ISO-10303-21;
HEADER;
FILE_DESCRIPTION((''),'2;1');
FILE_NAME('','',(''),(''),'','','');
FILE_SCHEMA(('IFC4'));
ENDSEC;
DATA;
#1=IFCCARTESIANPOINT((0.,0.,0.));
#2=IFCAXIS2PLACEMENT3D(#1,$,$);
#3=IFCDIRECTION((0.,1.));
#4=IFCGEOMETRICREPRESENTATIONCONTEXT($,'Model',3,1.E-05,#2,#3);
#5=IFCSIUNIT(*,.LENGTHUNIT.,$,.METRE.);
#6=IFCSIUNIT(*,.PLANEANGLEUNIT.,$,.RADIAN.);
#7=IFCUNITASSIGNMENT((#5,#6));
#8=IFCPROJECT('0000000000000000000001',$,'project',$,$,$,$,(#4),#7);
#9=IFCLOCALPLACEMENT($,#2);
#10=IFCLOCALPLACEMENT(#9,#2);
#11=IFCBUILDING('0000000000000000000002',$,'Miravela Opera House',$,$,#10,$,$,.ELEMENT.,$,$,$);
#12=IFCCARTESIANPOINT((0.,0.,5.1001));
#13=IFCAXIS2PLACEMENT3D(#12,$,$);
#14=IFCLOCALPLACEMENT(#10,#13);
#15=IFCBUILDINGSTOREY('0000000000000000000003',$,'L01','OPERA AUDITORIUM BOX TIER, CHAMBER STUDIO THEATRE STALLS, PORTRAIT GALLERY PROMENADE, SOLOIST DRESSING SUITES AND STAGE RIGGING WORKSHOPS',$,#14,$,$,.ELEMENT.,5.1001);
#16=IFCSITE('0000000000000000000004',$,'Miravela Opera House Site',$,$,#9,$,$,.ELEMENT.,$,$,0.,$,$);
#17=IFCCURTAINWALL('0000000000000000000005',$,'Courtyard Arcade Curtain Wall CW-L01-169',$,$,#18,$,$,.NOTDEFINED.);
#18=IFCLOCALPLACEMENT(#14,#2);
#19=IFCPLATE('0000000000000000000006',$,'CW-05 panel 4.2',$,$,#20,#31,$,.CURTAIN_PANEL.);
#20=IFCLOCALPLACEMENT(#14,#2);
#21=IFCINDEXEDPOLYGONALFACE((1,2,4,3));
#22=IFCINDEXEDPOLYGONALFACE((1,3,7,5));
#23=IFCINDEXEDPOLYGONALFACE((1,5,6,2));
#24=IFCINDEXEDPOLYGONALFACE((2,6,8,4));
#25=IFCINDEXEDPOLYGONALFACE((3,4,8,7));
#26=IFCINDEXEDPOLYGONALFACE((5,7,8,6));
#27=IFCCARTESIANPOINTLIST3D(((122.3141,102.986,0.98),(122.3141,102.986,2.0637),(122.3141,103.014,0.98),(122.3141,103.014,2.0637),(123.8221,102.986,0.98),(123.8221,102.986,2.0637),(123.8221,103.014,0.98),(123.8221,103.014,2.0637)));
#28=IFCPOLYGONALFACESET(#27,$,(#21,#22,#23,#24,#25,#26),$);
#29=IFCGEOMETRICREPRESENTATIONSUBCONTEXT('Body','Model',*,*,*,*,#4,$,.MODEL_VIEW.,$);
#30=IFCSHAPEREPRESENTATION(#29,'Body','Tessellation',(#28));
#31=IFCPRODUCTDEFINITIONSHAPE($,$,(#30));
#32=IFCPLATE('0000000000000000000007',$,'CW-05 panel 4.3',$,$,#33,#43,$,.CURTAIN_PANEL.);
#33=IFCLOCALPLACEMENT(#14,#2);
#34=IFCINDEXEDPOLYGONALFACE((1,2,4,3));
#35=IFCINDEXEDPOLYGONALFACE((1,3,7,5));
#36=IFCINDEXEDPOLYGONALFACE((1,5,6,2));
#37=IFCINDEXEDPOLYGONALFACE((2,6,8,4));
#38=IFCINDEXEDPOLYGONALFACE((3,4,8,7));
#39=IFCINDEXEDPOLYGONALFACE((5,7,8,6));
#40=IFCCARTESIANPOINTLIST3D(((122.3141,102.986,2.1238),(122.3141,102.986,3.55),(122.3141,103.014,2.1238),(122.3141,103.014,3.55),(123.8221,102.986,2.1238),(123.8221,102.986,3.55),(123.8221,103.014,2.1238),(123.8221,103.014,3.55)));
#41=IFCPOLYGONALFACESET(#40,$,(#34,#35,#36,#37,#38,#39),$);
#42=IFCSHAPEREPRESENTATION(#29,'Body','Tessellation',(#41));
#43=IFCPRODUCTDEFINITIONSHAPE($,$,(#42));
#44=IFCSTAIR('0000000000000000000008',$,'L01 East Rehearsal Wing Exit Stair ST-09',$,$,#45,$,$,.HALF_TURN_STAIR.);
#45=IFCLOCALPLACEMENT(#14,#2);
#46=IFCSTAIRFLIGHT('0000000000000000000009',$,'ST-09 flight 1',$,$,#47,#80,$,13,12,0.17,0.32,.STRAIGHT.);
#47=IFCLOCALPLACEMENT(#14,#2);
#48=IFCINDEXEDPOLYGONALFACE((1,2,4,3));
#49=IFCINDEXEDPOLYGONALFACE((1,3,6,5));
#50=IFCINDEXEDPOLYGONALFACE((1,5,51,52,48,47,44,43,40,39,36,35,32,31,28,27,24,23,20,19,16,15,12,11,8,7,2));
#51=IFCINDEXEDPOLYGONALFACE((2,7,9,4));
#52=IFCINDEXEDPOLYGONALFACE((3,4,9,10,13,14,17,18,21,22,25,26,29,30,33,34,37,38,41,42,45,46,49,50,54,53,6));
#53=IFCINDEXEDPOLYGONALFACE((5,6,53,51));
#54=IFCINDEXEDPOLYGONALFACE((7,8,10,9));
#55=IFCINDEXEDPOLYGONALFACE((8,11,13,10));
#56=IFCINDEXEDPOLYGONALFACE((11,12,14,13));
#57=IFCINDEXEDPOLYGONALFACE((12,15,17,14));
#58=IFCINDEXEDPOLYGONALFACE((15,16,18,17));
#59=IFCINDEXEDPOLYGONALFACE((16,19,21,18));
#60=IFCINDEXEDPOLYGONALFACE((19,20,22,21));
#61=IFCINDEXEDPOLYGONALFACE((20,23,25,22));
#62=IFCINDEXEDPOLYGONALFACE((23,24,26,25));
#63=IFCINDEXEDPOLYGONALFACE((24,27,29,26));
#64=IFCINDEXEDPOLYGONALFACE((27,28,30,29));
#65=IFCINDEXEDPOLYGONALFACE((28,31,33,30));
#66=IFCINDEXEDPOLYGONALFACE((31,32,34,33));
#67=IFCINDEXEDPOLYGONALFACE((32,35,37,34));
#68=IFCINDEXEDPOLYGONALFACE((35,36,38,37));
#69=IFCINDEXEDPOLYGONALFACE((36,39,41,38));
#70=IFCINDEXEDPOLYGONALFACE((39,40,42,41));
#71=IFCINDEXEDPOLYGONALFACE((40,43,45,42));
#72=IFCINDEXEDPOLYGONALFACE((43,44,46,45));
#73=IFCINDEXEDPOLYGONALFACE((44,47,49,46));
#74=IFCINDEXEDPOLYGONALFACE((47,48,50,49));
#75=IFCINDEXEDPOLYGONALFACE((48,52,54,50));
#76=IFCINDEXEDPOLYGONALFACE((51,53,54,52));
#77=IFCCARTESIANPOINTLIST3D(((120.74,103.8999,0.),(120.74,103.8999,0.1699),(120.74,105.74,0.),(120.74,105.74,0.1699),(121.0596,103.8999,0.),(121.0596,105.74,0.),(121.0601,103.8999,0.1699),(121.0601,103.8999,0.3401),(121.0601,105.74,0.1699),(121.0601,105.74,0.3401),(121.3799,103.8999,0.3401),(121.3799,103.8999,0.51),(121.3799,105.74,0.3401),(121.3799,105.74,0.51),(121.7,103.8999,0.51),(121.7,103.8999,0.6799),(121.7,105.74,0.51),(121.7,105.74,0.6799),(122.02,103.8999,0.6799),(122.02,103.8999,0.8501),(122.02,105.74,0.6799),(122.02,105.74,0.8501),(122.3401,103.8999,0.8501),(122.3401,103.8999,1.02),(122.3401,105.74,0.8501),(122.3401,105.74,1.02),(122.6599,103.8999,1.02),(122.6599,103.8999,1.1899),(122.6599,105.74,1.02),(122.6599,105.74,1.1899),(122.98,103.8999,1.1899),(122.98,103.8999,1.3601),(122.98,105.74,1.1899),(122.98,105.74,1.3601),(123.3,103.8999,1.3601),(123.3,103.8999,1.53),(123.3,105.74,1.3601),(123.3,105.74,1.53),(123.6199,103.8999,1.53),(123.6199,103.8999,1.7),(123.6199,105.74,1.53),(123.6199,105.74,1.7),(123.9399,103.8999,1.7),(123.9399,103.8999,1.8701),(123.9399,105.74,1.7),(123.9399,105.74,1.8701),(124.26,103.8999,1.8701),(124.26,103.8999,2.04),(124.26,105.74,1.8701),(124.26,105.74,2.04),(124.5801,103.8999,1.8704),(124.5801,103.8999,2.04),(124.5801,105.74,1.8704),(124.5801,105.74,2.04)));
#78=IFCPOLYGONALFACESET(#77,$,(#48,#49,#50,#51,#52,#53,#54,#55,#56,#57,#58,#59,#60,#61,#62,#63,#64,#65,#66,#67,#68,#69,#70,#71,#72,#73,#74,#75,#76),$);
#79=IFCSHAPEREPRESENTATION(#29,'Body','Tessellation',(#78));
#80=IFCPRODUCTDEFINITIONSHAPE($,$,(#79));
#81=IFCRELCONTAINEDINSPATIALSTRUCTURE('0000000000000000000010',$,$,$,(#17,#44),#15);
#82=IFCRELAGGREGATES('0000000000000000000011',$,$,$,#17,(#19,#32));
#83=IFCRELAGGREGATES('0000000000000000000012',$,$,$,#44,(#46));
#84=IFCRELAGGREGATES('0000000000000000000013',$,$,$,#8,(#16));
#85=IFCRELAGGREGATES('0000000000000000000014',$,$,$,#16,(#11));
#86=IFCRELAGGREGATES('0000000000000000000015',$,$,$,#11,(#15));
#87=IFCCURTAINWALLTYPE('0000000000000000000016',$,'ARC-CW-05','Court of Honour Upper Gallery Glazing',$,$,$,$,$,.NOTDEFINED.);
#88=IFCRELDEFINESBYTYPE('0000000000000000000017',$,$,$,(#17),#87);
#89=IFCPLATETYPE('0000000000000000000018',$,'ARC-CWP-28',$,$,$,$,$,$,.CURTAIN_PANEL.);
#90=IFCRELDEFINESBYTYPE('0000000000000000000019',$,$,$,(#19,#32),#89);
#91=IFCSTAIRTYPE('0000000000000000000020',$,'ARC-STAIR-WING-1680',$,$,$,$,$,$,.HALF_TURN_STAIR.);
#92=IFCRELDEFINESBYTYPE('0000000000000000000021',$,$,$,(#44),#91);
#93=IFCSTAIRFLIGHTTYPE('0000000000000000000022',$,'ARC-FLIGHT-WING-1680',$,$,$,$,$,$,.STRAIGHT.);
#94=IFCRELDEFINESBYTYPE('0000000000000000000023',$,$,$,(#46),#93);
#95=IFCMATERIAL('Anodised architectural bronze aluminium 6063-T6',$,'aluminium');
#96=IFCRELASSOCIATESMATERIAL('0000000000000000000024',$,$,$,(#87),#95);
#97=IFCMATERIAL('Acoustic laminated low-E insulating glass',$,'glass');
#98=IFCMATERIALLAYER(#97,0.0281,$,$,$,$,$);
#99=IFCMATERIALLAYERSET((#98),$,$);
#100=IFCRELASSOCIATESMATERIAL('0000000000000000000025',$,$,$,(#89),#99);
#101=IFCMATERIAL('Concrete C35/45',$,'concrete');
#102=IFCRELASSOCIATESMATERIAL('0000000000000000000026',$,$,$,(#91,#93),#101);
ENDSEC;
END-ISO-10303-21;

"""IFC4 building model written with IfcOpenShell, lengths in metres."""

from ifc_helpers import new_model, si_unit, direction, frame, origin, origin_2d, place, context, subcontext, project, spatial, polyline, rectangle, outline, extrude, material, layer, layer_set, type_object, element, aggregate, save


model = new_model("IFC4")

# Units and contexts
model_context = context("Model", 3, precision=1e-05, world=origin(), true_north=direction((0.0, 1.0)))
body_context = subcontext(model_context, "Body", "Model", "MODEL_VIEW")
ifc_project = project(units=[si_unit("LENGTHUNIT", "METRE"), si_unit("PLANEANGLEUNIT", "RADIAN")], contexts=[model_context])

# Site, building, storey
site_placement = place(None, origin())
site = spatial("IfcSite", under=ifc_project, at=site_placement, Name="Miravela Opera House Site", CompositionType="ELEMENT", RefElevation=0.0)
building_placement = place(site_placement, origin())
building = spatial("IfcBuilding", under=site, at=building_placement, Name="Miravela Opera House", CompositionType="ELEMENT")
storey_placement = place(building_placement, frame((0.0, 0.0, 5.1001)))
storey = spatial("IfcBuildingStorey", under=building, at=storey_placement, Name="L01", Description="OPERA AUDITORIUM BOX TIER, CHAMBER STUDIO THEATRE STALLS, PORTRAIT GALLERY PROMENADE, SOLOIST DRESSING SUITES AND STAGE RIGGING WORKSHOPS", CompositionType="ELEMENT", Elevation=5.1001)

# Curtain wall, plates
ifc_material_1 = material(Name="Anodised architectural bronze aluminium 6063-T6", Category="aluminium")
curtain_wall_type = type_object("IfcCurtainWallType", Name="ARC-CW-05", Description="Court of Honour Upper Gallery Glazing", PredefinedType="NOTDEFINED", material=ifc_material_1)
curtain_wall_placement = place(storey_placement, origin())
curtain_wall = element("IfcCurtainWall", 1, at=curtain_wall_placement, inside=storey, type_object=curtain_wall_type, Name="Courtyard Arcade Curtain Wall CW-L01-169", PredefinedType="NOTDEFINED")
ifc_material_2 = material(Name="Acoustic laminated low-E insulating glass", Category="glass")
ifc_layer = layer(ifc_material_2, 0.0281)
ifc_layer_set = layer_set([ifc_layer])
plate_type = type_object("IfcPlateType", Name="ARC-CWP-28", PredefinedType="CURTAIN_PANEL", material=ifc_layer_set)
plate_1_placement = place(storey_placement, frame((123.0681, 103.0, 0.98), z_axis=(0.0, 0.0, 1.0), x_axis=(1.0, 0.0, 0.0)))
plate_1 = element("IfcPlate", 2, at=plate_1_placement, type_object=plate_type, Name="CW-05 panel 4.2", PredefinedType="CURTAIN_PANEL", context=body_context, shape_type="SweptSolid", body=[
    extrude(rectangle(XDim=1.5081, YDim=0.0281, at=origin_2d()), origin(), (0.0, 0.0, 1.0), 1.0837),
])
plate_2_placement = place(storey_placement, frame((123.0681, 103.0, 2.1238), z_axis=(0.0, 0.0, 1.0), x_axis=(1.0, 0.0, 0.0)))
plate_2 = element("IfcPlate", 3, at=plate_2_placement, type_object=plate_type, Name="CW-05 panel 4.3", PredefinedType="CURTAIN_PANEL", context=body_context, shape_type="SweptSolid", body=[
    extrude(rectangle(XDim=1.5081, YDim=0.0281, at=origin_2d()), origin(), (0.0, 0.0, 1.0), 1.4263),
])
aggregate(curtain_wall, [plate_1, plate_2])

# Stair, stair flight
ifc_material_3 = material(Name="Concrete C35/45", Category="concrete")
stair_type = type_object("IfcStairType", Name="ARC-STAIR-WING-1680", PredefinedType="HALF_TURN_STAIR", material=ifc_material_3)
stair_placement = place(storey_placement, origin())
stair = element("IfcStair", 4, at=stair_placement, inside=storey, type_object=stair_type, Name="L01 East Rehearsal Wing Exit Stair ST-09", PredefinedType="HALF_TURN_STAIR")
stair_flight_type = type_object("IfcStairFlightType", Name="ARC-FLIGHT-WING-1680", PredefinedType="STRAIGHT", material=ifc_material_3)
stair_flight_placement = place(storey_placement, frame((120.74, 104.8201, 0.0), z_axis=(0.0, 0.0, 1.0), x_axis=(1.0, 0.0, 0.0)))
stair_flight = element("IfcStairFlight", 5, at=stair_flight_placement, type_object=stair_flight_type, Name="ST-09 flight 1", NumberOfRisers=13, NumberOfTreads=12, PredefinedType="STRAIGHT", RiserHeight=0.17, TreadLength=0.32, context=body_context, shape_type="SweptSolid", body=[
    extrude(outline(polyline([(0.0, 0.0), (0.0, 0.1699), (0.3201, 0.1699), (0.3201, 0.3401), (0.6399, 0.3401), (0.6399, 0.51), (0.96, 0.51), (0.96, 0.6799), (1.28, 0.6799), (1.28, 0.8501), (1.6001, 0.8501), (1.6001, 1.02), (1.9199, 1.02), (1.9199, 1.1899), (2.24, 1.1899), (2.24, 1.3601), (2.5601, 1.3601), (2.5601, 1.53), (2.8799, 1.53), (2.8799, 1.7), (3.2, 1.7), (3.2, 1.8701), (3.52, 1.8701), (3.52, 2.04), (3.8401, 2.04), (3.8401, 2.21), (3.8401, 1.8704), (0.3196, 0.0), (0.0, 0.0)])), frame((0.0, 0.9199, 0.0), z_axis=(0.0, -1.0, 0.0), x_axis=(1.0, 0.0, 0.0)), (0.0, 0.0, 1.0), 1.8401),
])
aggregate(stair, [stair_flight])

save(model, "model.ifc")
